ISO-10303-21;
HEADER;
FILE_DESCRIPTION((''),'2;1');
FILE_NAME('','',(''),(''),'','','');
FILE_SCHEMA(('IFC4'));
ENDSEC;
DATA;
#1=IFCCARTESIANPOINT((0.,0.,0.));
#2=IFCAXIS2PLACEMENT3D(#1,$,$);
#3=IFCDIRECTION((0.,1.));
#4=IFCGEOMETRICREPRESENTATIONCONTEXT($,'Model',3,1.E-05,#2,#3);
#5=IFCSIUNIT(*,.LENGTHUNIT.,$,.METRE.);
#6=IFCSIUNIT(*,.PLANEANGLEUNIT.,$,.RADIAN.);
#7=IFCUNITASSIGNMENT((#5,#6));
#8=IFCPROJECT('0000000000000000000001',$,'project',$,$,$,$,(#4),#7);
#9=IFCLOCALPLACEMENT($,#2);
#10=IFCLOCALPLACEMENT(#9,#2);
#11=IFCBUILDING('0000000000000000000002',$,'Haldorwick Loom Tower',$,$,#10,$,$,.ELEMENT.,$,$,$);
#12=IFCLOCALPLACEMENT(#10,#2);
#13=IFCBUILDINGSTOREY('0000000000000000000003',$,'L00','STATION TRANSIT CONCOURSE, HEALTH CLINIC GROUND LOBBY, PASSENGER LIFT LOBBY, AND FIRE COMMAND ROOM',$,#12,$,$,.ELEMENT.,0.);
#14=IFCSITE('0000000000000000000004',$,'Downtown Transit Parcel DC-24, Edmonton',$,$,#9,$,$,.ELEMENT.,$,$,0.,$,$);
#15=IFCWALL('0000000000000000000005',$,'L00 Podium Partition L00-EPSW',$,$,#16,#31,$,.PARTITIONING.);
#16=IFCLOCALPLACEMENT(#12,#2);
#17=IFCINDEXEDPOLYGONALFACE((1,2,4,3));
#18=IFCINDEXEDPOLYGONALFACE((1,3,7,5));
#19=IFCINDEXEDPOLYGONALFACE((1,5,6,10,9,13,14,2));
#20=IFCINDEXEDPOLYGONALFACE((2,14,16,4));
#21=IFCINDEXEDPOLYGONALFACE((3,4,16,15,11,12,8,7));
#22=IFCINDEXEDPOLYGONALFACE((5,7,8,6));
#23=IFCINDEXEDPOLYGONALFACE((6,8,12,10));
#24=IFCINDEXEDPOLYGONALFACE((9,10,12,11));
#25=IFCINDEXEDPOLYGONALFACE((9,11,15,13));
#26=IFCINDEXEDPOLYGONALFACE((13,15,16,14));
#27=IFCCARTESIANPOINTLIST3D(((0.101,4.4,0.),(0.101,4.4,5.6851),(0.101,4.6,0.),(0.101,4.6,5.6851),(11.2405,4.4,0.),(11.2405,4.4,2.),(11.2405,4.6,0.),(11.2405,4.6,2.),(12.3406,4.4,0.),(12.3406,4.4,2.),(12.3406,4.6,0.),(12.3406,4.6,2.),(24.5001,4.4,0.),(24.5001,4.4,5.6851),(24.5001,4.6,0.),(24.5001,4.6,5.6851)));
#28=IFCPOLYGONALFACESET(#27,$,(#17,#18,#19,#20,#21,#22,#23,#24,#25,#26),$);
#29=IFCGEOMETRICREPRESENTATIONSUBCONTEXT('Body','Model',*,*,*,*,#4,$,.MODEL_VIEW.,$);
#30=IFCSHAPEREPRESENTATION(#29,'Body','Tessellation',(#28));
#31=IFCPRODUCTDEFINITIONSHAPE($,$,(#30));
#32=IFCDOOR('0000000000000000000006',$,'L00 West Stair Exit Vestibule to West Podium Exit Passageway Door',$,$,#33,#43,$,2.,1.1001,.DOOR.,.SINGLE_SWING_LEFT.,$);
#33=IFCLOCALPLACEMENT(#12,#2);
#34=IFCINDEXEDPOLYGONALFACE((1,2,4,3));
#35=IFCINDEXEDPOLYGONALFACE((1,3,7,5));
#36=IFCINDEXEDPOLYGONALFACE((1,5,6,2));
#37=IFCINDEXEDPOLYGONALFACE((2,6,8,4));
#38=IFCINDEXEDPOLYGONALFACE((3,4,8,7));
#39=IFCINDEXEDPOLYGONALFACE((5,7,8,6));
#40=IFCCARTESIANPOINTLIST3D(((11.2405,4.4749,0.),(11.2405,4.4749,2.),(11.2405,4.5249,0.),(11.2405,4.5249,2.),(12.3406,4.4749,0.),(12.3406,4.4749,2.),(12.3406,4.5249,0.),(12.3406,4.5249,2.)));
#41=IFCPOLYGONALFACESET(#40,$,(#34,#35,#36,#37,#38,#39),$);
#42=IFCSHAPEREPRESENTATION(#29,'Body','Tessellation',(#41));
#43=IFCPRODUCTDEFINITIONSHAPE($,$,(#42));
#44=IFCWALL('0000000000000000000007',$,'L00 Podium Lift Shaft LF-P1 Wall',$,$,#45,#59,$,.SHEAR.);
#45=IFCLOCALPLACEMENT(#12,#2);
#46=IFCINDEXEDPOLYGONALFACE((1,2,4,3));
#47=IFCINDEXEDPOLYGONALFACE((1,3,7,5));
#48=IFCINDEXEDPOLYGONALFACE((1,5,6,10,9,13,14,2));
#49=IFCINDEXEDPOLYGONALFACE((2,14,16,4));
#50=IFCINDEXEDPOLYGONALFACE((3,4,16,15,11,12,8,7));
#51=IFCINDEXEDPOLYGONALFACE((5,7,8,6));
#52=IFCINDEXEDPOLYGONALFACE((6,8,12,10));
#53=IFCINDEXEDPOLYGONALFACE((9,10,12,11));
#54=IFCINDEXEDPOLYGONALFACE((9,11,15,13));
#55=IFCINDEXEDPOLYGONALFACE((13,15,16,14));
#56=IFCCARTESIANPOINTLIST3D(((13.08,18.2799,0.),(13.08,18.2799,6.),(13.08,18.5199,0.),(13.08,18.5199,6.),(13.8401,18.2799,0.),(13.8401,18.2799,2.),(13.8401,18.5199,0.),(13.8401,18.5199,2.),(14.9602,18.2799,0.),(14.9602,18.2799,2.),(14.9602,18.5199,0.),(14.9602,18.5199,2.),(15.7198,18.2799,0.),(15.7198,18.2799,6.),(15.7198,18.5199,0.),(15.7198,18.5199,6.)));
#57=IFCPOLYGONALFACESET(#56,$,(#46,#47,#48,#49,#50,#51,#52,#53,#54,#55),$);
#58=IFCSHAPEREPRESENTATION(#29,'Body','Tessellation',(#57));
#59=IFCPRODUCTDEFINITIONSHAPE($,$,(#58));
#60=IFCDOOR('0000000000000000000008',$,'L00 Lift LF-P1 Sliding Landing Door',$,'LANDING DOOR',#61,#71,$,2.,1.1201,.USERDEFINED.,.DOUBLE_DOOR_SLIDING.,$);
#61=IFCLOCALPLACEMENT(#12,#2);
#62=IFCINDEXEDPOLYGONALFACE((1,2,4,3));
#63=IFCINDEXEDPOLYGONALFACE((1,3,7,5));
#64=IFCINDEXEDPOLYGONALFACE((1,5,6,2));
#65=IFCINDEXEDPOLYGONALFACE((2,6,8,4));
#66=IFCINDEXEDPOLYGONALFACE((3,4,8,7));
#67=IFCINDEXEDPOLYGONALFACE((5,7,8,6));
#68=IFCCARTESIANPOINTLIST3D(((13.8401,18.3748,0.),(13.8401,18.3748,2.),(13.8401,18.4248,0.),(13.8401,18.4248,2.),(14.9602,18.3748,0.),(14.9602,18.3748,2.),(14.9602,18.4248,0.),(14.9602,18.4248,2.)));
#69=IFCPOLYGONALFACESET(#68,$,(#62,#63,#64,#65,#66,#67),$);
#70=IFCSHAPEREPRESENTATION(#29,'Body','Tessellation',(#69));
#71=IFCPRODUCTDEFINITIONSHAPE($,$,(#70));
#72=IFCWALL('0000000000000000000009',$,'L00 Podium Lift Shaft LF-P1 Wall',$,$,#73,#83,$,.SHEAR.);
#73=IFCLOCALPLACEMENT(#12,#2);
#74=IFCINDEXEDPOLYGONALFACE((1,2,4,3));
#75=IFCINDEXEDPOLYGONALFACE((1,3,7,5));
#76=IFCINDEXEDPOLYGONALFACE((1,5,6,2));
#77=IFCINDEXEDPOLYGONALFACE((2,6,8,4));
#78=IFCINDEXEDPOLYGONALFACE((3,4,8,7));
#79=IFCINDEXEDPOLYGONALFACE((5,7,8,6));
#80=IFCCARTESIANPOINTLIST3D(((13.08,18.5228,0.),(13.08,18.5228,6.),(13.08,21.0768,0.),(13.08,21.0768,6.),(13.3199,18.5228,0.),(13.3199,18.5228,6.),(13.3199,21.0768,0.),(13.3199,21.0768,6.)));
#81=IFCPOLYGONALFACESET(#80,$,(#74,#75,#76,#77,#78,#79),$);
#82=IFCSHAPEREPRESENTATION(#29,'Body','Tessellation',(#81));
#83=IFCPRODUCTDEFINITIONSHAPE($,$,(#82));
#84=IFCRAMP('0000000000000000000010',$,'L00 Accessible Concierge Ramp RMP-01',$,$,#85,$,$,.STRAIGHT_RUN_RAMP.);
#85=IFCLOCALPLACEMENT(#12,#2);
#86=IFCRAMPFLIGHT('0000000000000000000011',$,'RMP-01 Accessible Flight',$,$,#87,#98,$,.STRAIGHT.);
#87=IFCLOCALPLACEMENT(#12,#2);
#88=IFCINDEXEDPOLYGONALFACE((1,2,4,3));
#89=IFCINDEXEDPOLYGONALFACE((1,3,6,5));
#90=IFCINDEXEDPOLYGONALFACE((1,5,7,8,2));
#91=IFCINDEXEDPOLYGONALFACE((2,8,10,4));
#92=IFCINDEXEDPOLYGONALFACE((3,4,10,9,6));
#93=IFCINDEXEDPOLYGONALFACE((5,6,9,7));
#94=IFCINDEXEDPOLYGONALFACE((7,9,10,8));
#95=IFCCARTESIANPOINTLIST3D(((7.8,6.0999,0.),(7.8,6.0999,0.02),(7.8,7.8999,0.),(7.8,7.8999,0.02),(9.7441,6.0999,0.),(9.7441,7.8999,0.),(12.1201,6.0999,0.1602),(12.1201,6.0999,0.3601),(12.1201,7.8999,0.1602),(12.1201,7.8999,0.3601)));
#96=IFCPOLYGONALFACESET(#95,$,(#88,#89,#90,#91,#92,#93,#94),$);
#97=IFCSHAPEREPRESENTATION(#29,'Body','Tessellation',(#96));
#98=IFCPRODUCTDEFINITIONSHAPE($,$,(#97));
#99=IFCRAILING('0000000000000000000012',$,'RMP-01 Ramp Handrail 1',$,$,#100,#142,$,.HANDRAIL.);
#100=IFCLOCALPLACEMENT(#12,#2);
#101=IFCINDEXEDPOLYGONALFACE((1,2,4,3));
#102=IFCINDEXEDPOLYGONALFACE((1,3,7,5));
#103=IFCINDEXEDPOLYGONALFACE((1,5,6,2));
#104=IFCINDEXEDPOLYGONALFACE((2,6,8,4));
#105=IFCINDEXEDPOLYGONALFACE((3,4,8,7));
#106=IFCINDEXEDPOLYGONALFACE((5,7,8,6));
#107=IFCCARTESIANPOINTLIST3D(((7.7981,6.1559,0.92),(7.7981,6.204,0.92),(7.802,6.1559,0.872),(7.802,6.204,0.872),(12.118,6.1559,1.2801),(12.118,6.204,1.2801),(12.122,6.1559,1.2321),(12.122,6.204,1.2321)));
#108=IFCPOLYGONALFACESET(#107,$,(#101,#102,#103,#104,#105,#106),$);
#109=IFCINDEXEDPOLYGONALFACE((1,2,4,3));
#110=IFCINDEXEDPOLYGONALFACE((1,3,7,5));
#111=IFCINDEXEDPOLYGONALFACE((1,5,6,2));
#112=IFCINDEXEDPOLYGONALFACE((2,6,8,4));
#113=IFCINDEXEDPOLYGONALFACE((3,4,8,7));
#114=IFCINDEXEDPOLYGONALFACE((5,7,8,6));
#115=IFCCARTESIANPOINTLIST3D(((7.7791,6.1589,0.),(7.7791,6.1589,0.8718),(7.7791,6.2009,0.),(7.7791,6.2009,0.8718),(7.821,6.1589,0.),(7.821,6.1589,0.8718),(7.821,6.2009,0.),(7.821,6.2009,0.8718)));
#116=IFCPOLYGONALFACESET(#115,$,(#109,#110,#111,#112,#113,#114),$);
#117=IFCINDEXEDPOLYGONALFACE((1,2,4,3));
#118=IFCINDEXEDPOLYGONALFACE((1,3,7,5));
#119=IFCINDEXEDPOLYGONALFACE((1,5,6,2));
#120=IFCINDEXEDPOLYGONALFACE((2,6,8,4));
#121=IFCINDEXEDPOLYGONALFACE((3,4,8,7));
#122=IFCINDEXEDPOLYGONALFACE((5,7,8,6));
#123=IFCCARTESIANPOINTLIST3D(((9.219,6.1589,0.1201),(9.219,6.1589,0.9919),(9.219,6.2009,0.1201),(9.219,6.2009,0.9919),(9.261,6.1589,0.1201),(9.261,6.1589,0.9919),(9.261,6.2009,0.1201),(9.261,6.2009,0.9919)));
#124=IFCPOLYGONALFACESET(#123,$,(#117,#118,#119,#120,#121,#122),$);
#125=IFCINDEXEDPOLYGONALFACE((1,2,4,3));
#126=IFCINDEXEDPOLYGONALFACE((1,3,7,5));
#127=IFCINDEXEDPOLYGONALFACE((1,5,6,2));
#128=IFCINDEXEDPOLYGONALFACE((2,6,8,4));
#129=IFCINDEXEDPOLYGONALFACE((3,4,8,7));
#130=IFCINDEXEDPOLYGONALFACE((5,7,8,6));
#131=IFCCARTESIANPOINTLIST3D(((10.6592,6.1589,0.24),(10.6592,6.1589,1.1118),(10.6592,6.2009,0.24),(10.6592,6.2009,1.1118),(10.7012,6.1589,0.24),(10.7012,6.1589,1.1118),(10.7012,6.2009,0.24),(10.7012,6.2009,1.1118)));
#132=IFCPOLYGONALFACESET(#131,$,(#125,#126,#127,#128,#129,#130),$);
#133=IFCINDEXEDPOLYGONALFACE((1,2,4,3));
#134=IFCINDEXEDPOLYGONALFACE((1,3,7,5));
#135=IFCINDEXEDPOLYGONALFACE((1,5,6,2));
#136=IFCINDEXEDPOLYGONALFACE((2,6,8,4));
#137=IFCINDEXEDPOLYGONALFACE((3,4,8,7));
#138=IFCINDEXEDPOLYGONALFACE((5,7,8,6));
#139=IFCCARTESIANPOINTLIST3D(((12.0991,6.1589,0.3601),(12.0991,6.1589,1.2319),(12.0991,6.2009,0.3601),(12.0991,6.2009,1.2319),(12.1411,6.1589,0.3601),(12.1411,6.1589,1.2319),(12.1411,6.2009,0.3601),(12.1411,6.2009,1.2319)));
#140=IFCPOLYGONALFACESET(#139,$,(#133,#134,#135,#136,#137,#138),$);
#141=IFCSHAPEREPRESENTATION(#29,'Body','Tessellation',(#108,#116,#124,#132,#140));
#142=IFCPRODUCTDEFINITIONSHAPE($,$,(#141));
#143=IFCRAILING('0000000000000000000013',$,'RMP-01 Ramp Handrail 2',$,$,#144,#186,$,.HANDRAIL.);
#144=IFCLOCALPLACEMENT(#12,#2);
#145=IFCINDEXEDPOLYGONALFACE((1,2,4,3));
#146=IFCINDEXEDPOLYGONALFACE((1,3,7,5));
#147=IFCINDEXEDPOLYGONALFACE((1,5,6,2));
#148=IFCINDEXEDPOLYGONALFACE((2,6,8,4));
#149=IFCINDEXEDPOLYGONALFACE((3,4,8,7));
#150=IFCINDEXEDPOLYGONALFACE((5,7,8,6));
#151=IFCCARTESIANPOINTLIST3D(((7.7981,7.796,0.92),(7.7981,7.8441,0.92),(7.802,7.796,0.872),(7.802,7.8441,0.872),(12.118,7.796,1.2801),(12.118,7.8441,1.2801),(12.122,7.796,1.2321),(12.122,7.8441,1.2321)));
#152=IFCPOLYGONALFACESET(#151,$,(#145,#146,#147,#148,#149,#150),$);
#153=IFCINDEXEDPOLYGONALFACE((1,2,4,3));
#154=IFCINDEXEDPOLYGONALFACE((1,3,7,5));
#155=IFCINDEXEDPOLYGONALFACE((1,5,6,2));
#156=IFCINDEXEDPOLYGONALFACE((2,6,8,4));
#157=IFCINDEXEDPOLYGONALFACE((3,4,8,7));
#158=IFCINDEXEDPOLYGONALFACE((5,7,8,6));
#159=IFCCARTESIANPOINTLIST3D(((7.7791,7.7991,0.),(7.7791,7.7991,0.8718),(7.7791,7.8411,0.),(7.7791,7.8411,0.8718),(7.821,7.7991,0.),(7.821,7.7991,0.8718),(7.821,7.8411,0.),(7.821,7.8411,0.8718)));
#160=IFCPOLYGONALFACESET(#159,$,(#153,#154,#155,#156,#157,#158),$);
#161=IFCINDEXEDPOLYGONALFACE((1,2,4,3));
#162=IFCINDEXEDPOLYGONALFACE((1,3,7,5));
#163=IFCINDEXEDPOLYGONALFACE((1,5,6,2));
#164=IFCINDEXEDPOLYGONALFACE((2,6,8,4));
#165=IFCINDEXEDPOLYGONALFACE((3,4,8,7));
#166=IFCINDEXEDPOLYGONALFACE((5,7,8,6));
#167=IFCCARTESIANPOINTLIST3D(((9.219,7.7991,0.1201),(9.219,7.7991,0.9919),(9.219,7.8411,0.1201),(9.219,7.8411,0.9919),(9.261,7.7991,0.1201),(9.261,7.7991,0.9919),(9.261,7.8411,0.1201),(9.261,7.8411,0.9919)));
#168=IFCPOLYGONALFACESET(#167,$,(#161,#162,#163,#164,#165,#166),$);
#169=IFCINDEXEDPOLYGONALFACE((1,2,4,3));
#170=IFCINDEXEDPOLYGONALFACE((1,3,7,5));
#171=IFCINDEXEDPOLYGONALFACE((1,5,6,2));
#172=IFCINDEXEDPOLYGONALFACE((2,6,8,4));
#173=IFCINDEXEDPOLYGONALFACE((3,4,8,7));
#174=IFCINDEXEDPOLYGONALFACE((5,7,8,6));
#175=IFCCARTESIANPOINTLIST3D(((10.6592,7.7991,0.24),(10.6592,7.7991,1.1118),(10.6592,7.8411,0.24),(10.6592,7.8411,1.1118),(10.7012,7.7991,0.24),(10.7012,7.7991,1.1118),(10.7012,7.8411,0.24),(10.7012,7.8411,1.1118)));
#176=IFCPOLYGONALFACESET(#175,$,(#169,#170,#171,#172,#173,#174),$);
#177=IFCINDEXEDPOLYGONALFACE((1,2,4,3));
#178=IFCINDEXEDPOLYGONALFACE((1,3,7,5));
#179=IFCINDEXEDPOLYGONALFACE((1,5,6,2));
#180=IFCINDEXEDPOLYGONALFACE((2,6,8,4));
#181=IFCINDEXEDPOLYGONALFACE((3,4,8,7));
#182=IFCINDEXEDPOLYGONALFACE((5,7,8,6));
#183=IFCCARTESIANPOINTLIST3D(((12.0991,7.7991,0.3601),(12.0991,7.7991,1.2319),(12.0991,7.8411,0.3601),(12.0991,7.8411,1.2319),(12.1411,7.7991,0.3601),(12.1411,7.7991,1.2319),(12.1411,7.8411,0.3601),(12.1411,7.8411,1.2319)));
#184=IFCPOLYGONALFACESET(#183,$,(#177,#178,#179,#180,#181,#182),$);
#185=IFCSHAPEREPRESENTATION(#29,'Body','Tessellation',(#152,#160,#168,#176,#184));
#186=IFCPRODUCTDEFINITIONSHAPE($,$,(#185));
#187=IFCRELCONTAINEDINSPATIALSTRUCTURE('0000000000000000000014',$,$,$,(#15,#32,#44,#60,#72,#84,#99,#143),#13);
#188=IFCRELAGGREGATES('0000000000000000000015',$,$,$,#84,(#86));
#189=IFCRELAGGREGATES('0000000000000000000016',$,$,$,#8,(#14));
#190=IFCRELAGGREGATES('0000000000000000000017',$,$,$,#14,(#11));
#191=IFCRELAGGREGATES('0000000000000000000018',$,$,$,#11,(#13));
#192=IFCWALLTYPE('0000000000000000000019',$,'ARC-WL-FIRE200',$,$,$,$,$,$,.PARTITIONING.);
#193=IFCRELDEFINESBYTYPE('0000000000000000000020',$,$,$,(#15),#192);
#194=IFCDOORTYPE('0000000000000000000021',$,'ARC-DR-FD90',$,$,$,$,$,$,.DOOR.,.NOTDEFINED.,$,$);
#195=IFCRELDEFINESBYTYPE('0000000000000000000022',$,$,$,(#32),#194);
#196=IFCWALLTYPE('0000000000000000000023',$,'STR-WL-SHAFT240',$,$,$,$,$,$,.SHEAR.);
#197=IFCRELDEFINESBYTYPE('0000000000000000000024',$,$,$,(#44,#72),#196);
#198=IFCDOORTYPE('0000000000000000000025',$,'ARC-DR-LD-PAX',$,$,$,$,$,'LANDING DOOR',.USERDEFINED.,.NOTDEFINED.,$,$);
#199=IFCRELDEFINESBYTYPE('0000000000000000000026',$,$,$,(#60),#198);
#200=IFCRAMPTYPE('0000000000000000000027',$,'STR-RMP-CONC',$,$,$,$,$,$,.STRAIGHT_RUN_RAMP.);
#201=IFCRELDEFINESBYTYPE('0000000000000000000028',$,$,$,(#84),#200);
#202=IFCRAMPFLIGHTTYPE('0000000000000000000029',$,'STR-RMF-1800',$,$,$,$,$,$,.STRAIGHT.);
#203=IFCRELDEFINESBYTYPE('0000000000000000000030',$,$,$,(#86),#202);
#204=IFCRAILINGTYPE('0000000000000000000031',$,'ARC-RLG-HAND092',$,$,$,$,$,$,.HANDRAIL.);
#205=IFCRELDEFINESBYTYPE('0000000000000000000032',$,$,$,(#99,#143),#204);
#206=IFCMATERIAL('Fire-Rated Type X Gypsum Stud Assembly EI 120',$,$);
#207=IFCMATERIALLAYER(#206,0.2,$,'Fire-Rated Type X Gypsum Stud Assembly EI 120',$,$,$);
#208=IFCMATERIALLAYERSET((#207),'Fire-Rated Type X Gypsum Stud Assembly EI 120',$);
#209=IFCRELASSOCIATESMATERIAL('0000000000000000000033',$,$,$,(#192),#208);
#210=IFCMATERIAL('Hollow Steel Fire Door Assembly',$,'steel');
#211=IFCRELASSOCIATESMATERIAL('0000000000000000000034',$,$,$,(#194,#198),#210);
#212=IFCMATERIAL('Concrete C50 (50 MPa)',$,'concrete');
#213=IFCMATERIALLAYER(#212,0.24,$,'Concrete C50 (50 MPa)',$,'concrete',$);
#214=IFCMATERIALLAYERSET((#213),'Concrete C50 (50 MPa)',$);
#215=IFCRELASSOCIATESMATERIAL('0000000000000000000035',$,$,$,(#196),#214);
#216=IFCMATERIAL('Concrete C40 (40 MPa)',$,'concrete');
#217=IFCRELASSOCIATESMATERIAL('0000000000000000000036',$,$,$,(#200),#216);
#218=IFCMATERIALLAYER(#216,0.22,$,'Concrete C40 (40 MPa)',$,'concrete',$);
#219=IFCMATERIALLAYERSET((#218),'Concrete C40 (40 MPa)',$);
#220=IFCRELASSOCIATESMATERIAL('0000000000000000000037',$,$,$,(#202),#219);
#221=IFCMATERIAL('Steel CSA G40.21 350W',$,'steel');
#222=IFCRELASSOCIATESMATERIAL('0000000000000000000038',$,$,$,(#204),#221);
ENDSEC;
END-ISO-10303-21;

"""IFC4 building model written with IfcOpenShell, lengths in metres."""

from ifc_helpers import new_model, si_unit, direction, frame, frame_2d, origin, origin_2d, place, context, subcontext, project, spatial, polyline, rectangle, outline, extrude, material, layer, layer_set, type_object, element, fill, aggregate, save


model = new_model("IFC4")

# Units and contexts
model_context = context("Model", 3, precision=1e-05, world=origin(), true_north=direction((0.0, 1.0)))
body_context = subcontext(model_context, "Body", "Model", "MODEL_VIEW")
ifc_project = project(units=[si_unit("LENGTHUNIT", "METRE"), si_unit("PLANEANGLEUNIT", "RADIAN")], contexts=[model_context])

# Site, building, storey
site_placement = place(None, origin())
site = spatial("IfcSite", under=ifc_project, at=site_placement, Name="Downtown Transit Parcel DC-24, Edmonton", CompositionType="ELEMENT", RefElevation=0.0)
building_placement = place(site_placement, origin())
building = spatial("IfcBuilding", under=site, at=building_placement, Name="Haldorwick Loom Tower", CompositionType="ELEMENT")
storey_placement = place(building_placement, origin())
storey = spatial("IfcBuildingStorey", under=building, at=storey_placement, Name="L00", Description="STATION TRANSIT CONCOURSE, HEALTH CLINIC GROUND LOBBY, PASSENGER LIFT LOBBY, AND FIRE COMMAND ROOM", CompositionType="ELEMENT", Elevation=0.0)

# Shared definitions
ifc_material_1 = material(Name="Steel CSA G40.21 350W", Category="steel")

# Walls, openings, doors
ifc_material_2 = material(Name="Fire-Rated Type X Gypsum Stud Assembly EI 120")
ifc_layer_1 = layer(ifc_material_2, 0.2, Name="Fire-Rated Type X Gypsum Stud Assembly EI 120")
ifc_layer_set_1 = layer_set([ifc_layer_1], Name="Fire-Rated Type X Gypsum Stud Assembly EI 120")
wall_type_1 = type_object("IfcWallType", Name="ARC-WL-FIRE200", PredefinedType="PARTITIONING", material=ifc_layer_set_1)
wall_1_placement = place(storey_placement, frame((0.1008, 4.5, 0.0), z_axis=(0.0, 0.0, 1.0), x_axis=(1.0, 0.0, 0.0)))
wall_1 = element("IfcWall", 1, at=wall_1_placement, inside=storey, type_object=wall_type_1, Name="L00 Podium Partition L00-EPSW", PredefinedType="PARTITIONING", context=body_context, shape_type="SweptSolid", body=[
    extrude(rectangle(XDim=24.3992, YDim=0.2, at=frame_2d((12.1997, 0.0))), origin(), (0.0, 0.0, 1.0), 5.6851),
])
opening_1_placement = place(wall_1_placement, frame((11.1396, 0.0, 0.0)))
opening_1 = element("IfcOpeningElement", 2, at=opening_1_placement, cuts=wall_1, PredefinedType="OPENING", context=body_context, shape_type="SweptSolid", body=[
    extrude(rectangle(XDim=1.1001, YDim=2.0, at=frame_2d((0.55, 1.0))), frame((0.0, 0.1099, 0.0), z_axis=(0.0, -1.0, 0.0), x_axis=(1.0, 0.0, 0.0)), (0.0, 0.0, 1.0), 0.22),
])
ifc_material_3 = material(Name="Hollow Steel Fire Door Assembly", Category="steel")
door_type_1 = type_object("IfcDoorType", Name="ARC-DR-FD90", OperationType="NOTDEFINED", PredefinedType="DOOR", material=ifc_material_3)
door_1_placement = place(opening_1_placement, origin())
door_1 = element("IfcDoor", 3, at=door_1_placement, inside=storey, type_object=door_type_1, Name="L00 West Stair Exit Vestibule to West Podium Exit Passageway Door", OperationType="SINGLE_SWING_LEFT", OverallHeight=2.0, OverallWidth=1.1001, PredefinedType="DOOR", context=body_context, shape_type="SweptSolid", body=[
    extrude(rectangle(XDim=1.1001, YDim=2.0, at=frame_2d((0.55, 1.0))), frame((0.0, 0.0249, 0.0), z_axis=(0.0, -1.0, 0.0), x_axis=(1.0, 0.0, 0.0)), (0.0, 0.0, 1.0), 0.05),
])
fill(opening_1, door_1)
ifc_material_4 = material(Name="Concrete C50 (50 MPa)", Category="concrete")
ifc_layer_2 = layer(ifc_material_4, 0.24, Name="Concrete C50 (50 MPa)", Category="concrete")
ifc_layer_set_2 = layer_set([ifc_layer_2], Name="Concrete C50 (50 MPa)")
wall_type_2 = type_object("IfcWallType", Name="STR-WL-SHAFT240", PredefinedType="SHEAR", material=ifc_layer_set_2)
wall_2_placement = place(storey_placement, frame((13.0801, 18.3999, 0.0), z_axis=(0.0, 0.0, 1.0), x_axis=(1.0, 0.0, 0.0)))
wall_2 = element("IfcWall", 4, at=wall_2_placement, inside=storey, type_object=wall_type_2, Name="L00 Podium Lift Shaft LF-P1 Wall", PredefinedType="SHEAR", context=body_context, shape_type="SweptSolid", body=[
    extrude(rectangle(XDim=2.6399, YDim=0.24, at=frame_2d((1.3198, 0.0))), origin(), (0.0, 0.0, 1.0), 6.0),
])
opening_2_placement = place(wall_2_placement, frame((0.76, 0.0, 0.0)))
opening_2 = element("IfcOpeningElement", 5, at=opening_2_placement, cuts=wall_2, PredefinedType="OPENING", context=body_context, shape_type="SweptSolid", body=[
    extrude(rectangle(XDim=1.1201, YDim=2.0, at=frame_2d((0.5601, 1.0))), frame((0.0, 0.1299, 0.0), z_axis=(0.0, -1.0, 0.0), x_axis=(1.0, 0.0, 0.0)), (0.0, 0.0, 1.0), 0.26),
])
door_type_2 = type_object("IfcDoorType", Name="ARC-DR-LD-PAX", ElementType="LANDING DOOR", OperationType="NOTDEFINED", PredefinedType="USERDEFINED", material=ifc_material_3)
door_2_placement = place(opening_2_placement, origin())
door_2 = element("IfcDoor", 6, at=door_2_placement, inside=storey, type_object=door_type_2, Name="L00 Lift LF-P1 Sliding Landing Door", ObjectType="LANDING DOOR", OperationType="DOUBLE_DOOR_SLIDING", OverallHeight=2.0, OverallWidth=1.1201, PredefinedType="USERDEFINED", context=body_context, shape_type="SweptSolid", body=[
    extrude(rectangle(XDim=1.1201, YDim=2.0, at=frame_2d((0.5601, 1.0))), frame((0.0, 0.0249, 0.0), z_axis=(0.0, -1.0, 0.0), x_axis=(1.0, 0.0, 0.0)), (0.0, 0.0, 1.0), 0.05),
])
fill(opening_2, door_2)

# Wall
wall_3_placement = place(storey_placement, frame((13.2, 18.5229, 0.0), z_axis=(0.0, 0.0, 1.0), x_axis=(0.0, 1.0, 0.0)))
element("IfcWall", 7, at=wall_3_placement, inside=storey, type_object=wall_type_2, Name="L00 Podium Lift Shaft LF-P1 Wall", PredefinedType="SHEAR", context=body_context, shape_type="SweptSolid", body=[
    extrude(rectangle(XDim=2.554, YDim=0.24, at=frame_2d((1.2769, 0.0))), origin(), (0.0, 0.0, 1.0), 6.0),
])

# Ramp, ramp flight
ifc_material_5 = material(Name="Concrete C40 (40 MPa)", Category="concrete")
ramp_type = type_object("IfcRampType", Name="STR-RMP-CONC", PredefinedType="STRAIGHT_RUN_RAMP", material=ifc_material_5)
ramp_placement = place(storey_placement, origin())
ramp = element("IfcRamp", 8, at=ramp_placement, inside=storey, type_object=ramp_type, Name="L00 Accessible Concierge Ramp RMP-01", PredefinedType="STRAIGHT_RUN_RAMP")
ifc_layer_3 = layer(ifc_material_5, 0.22, Name="Concrete C40 (40 MPa)", Category="concrete")
ifc_layer_set_3 = layer_set([ifc_layer_3], Name="Concrete C40 (40 MPa)")
ramp_flight_type = type_object("IfcRampFlightType", Name="STR-RMF-1800", PredefinedType="STRAIGHT", material=ifc_layer_set_3)
ramp_flight_placement = place(storey_placement, frame((7.8, 7.0, 0.0), z_axis=(0.0, 0.0, 1.0), x_axis=(1.0, 0.0, 0.0)))
ramp_flight = element("IfcRampFlight", 9, at=ramp_flight_placement, type_object=ramp_flight_type, Name="RMP-01 Accessible Flight", PredefinedType="STRAIGHT", context=body_context, shape_type="SweptSolid", body=[
    extrude(outline(polyline([(0.0, 0.0), (0.0, 0.02), (4.3201, 0.3601), (4.3201, 0.1602), (1.9441, 0.0), (0.0, 0.0)])), frame((0.0, 0.8999, 0.0), z_axis=(0.0, -1.0, 0.0), x_axis=(1.0, 0.0, 0.0)), (0.0, 0.0, 1.0), 1.8),
])
aggregate(ramp, [ramp_flight])

# Railings
railing_type = type_object("IfcRailingType", Name="ARC-RLG-HAND092", PredefinedType="HANDRAIL", material=ifc_material_1)
for number, where, name in (
    (10, (7.8, 6.1799, 0.0), "RMP-01 Ramp Handrail 1"),
    (11, (7.8, 7.8201, 0.0), "RMP-01 Ramp Handrail 2"),
):
    element("IfcRailing", number, at=place(storey_placement, frame(where)), inside=storey, type_object=railing_type, Name=name, PredefinedType="HANDRAIL", context=body_context, shape_type="SweptSolid", body=[
        extrude(rectangle(XDim=0.0481, YDim=0.0481, at=origin_2d()), frame((0.0, 0.0, 0.896), z_axis=(0.996544, 0.0, 0.083069), x_axis=(0.0, 1.0, 0.0)), (0.0, 0.0, 1.0), 4.335),
        extrude(rectangle(XDim=0.042, YDim=0.042, at=origin_2d()), origin(), (0.0, 0.0, 1.0), 0.8718),
        extrude(rectangle(XDim=0.042, YDim=0.042, at=origin_2d()), frame((1.4399, 0.0, 0.1201)), (0.0, 0.0, 1.0), 0.8718),
        extrude(rectangle(XDim=0.042, YDim=0.042, at=origin_2d()), frame((2.8801, 0.0, 0.24)), (0.0, 0.0, 1.0), 0.8718),
        extrude(rectangle(XDim=0.042, YDim=0.042, at=origin_2d()), frame((4.3201, 0.0, 0.3601)), (0.0, 0.0, 1.0), 0.8718),
    ])

save(model, "model.ifc")
